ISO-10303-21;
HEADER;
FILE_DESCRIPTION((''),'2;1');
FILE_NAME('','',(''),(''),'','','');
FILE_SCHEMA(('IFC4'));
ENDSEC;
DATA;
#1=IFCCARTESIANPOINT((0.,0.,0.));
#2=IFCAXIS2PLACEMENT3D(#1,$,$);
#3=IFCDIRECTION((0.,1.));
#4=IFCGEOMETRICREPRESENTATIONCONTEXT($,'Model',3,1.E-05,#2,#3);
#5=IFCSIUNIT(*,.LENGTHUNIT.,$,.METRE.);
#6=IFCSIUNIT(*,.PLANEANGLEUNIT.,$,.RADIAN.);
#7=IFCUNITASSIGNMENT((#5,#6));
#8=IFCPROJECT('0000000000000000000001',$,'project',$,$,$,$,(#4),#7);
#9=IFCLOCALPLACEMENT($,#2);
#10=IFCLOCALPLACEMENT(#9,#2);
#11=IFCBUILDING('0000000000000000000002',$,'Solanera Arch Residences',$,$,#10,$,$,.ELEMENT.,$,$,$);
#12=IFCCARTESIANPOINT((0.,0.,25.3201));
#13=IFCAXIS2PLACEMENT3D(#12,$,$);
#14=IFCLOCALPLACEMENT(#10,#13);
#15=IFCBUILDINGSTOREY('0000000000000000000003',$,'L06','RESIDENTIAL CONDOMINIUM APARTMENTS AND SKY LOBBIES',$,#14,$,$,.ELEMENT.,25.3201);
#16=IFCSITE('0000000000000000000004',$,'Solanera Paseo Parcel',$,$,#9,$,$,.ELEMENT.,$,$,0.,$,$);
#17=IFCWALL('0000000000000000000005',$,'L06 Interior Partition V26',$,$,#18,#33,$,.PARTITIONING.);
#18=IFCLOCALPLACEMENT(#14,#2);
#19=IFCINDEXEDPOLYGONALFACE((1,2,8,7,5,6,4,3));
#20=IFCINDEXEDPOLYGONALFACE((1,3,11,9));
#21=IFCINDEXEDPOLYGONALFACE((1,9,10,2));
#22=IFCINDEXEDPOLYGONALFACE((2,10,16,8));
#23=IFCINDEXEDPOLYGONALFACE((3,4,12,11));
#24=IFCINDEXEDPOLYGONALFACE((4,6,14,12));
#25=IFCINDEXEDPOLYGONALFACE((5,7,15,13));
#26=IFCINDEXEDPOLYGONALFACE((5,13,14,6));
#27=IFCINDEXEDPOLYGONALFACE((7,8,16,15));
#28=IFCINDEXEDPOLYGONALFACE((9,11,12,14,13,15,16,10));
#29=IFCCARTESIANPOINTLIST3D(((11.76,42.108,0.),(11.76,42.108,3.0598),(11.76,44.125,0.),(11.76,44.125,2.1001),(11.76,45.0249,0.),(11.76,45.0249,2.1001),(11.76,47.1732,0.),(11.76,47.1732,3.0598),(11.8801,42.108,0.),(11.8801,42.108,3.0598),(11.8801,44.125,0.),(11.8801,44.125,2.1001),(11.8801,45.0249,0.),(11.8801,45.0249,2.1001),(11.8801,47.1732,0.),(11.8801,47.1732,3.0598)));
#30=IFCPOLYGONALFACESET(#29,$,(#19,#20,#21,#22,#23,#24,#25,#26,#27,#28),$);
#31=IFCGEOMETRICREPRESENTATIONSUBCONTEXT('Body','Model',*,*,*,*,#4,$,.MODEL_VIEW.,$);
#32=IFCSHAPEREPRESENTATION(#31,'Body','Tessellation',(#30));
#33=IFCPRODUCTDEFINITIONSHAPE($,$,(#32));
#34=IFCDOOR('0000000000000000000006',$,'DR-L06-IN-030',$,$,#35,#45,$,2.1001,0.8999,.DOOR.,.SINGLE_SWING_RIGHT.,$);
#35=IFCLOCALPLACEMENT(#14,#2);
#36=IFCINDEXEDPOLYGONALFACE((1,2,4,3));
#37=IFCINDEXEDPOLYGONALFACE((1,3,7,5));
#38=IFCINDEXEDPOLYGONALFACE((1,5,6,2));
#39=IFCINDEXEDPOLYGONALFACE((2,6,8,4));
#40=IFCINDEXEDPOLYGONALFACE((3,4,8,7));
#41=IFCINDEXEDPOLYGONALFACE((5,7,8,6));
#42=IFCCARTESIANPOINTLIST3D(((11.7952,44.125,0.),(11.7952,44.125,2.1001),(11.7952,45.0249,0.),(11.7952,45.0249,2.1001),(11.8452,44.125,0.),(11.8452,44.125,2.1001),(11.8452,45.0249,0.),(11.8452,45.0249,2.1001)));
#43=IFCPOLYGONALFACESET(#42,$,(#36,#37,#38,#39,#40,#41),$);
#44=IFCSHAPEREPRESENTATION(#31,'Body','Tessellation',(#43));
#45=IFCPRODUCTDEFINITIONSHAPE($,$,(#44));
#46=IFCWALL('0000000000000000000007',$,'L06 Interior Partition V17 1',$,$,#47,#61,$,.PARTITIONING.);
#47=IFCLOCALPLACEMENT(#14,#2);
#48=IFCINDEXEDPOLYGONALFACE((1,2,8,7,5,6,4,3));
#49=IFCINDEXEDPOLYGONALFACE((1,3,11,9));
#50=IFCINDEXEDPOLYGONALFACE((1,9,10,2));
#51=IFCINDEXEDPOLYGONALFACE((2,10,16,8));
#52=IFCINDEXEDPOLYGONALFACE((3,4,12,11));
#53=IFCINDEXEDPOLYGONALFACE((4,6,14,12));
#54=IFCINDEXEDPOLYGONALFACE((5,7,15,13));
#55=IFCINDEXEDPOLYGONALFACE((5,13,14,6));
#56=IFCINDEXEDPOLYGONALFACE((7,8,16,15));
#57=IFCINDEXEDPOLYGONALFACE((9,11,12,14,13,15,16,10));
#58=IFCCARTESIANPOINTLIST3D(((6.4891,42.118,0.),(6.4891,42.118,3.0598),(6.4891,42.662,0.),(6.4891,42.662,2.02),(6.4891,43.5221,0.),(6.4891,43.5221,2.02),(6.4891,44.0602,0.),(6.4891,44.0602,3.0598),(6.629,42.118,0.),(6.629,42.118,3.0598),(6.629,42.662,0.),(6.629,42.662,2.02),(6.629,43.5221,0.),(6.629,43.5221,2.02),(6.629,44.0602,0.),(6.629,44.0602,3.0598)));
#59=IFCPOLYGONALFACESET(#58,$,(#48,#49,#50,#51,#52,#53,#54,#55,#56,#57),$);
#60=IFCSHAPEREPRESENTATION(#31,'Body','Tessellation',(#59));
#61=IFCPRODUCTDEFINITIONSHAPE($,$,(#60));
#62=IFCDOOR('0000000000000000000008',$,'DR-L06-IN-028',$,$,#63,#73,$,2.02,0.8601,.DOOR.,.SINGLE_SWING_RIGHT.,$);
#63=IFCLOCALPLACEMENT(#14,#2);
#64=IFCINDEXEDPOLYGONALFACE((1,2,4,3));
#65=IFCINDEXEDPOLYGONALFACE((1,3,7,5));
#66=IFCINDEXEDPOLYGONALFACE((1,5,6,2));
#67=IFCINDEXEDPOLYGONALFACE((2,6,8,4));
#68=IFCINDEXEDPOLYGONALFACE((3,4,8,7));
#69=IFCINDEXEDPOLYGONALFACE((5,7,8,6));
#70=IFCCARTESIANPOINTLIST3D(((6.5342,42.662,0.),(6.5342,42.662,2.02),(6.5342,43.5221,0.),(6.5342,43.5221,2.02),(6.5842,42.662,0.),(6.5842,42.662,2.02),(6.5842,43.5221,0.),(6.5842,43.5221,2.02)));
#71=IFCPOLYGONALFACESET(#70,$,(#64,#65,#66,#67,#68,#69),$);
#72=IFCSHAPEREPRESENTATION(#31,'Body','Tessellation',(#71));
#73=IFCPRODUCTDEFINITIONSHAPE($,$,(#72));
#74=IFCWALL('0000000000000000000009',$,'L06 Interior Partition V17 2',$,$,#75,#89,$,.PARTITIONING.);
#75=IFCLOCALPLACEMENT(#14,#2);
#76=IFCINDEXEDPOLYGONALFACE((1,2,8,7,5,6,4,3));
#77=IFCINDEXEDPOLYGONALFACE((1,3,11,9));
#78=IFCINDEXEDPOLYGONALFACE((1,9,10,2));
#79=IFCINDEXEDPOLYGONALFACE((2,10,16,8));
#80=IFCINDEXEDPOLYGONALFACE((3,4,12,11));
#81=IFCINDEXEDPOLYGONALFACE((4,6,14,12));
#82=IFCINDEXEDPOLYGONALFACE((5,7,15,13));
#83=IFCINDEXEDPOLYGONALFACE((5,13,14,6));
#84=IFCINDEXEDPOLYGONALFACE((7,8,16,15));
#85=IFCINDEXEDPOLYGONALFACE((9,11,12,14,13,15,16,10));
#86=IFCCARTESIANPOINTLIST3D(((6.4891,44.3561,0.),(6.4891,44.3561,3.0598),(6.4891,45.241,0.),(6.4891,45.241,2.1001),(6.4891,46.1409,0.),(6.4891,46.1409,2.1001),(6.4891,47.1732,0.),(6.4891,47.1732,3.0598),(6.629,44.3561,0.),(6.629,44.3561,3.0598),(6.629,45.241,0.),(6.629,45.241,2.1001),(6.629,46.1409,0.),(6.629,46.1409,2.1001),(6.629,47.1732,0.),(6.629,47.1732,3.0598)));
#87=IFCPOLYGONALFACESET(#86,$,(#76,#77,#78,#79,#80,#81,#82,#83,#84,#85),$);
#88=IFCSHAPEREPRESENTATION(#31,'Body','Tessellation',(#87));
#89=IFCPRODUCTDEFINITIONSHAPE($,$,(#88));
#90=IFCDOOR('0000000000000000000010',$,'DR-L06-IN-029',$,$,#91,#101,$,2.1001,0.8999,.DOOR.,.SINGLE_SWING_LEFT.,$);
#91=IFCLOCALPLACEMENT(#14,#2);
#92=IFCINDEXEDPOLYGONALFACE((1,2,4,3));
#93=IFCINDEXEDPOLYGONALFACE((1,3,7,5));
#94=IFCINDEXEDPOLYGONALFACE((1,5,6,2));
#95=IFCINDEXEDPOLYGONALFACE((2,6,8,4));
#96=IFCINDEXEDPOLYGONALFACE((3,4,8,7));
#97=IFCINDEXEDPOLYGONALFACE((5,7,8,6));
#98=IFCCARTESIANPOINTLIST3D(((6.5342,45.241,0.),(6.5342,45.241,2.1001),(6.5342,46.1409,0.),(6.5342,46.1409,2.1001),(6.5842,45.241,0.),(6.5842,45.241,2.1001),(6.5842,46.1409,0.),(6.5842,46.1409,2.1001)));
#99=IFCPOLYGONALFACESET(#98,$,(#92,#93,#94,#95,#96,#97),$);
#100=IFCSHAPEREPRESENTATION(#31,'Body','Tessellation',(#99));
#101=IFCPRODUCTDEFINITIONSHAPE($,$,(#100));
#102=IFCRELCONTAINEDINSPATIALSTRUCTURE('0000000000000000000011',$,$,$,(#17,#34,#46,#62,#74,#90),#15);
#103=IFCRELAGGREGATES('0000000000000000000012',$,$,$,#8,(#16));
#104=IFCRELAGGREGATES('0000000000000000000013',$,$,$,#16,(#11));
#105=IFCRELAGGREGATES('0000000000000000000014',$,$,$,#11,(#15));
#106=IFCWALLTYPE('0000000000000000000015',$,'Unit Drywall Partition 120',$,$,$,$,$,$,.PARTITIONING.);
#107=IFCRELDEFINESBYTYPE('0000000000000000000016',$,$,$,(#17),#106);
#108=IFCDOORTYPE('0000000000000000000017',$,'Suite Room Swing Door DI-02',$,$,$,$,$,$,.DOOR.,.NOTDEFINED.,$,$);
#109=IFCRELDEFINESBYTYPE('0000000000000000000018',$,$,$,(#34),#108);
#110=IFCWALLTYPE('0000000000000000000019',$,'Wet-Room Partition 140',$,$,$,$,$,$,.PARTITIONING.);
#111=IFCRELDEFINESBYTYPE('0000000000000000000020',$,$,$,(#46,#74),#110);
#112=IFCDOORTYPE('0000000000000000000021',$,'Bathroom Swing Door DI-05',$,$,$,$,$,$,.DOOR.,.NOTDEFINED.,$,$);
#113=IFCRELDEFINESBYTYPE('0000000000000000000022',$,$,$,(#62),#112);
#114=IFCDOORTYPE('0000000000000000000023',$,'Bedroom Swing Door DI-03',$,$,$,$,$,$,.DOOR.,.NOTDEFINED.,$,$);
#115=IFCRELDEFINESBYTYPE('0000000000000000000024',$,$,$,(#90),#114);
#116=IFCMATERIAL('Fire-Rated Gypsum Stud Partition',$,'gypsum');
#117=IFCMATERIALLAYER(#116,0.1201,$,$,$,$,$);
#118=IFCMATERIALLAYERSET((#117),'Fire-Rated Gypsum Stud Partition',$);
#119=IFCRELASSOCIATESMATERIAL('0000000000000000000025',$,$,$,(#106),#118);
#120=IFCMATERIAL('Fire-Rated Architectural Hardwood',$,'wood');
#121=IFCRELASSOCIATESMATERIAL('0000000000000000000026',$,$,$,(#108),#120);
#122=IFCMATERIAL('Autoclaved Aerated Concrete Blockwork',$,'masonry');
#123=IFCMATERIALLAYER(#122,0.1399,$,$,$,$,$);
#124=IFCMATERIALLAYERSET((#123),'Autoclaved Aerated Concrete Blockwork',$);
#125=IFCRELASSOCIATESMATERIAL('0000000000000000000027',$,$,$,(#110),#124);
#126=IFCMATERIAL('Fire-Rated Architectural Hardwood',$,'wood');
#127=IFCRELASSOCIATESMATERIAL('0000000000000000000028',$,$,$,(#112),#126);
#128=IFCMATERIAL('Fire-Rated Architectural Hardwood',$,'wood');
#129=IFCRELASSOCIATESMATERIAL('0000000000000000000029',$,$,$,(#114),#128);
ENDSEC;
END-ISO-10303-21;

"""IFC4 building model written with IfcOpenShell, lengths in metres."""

from ifc_helpers import new_model, si_unit, direction, frame, frame_2d, origin, place, context, subcontext, project, spatial, rectangle, extrude, material, layer, layer_set, type_object, element, fill, save


model = new_model("IFC4")

# Units and contexts
model_context = context("Model", 3, precision=1e-05, world=origin(), true_north=direction((0.0, 1.0)))
body_context = subcontext(model_context, "Body", "Model", "MODEL_VIEW")
ifc_project = project(units=[si_unit("LENGTHUNIT", "METRE"), si_unit("PLANEANGLEUNIT", "RADIAN")], contexts=[model_context])

# Site, building, storey
site_placement = place(None, origin())
site = spatial("IfcSite", under=ifc_project, at=site_placement, Name="Solanera Paseo Parcel", CompositionType="ELEMENT", RefElevation=0.0)
building_placement = place(site_placement, origin())
building = spatial("IfcBuilding", under=site, at=building_placement, Name="Solanera Arch Residences", CompositionType="ELEMENT")
storey_placement = place(building_placement, frame((0.0, 0.0, 25.3201)))
storey = spatial("IfcBuildingStorey", under=building, at=storey_placement, Name="L06", Description="RESIDENTIAL CONDOMINIUM APARTMENTS AND SKY LOBBIES", CompositionType="ELEMENT", Elevation=25.3201)

# Walls, openings, doors
ifc_material_1 = material(Name="Fire-Rated Gypsum Stud Partition", Category="gypsum")
ifc_layer_1 = layer(ifc_material_1, 0.1201)
ifc_layer_set_1 = layer_set([ifc_layer_1], Name="Fire-Rated Gypsum Stud Partition")
wall_type_1 = type_object("IfcWallType", Name="Unit Drywall Partition 120", PredefinedType="PARTITIONING", material=ifc_layer_set_1)
wall_1_placement = place(storey_placement, frame((11.8201, 42.1079, 0.0), z_axis=(0.0, 0.0, 1.0), x_axis=(0.0, 1.0, 0.0)))
wall_1 = element("IfcWall", 1, at=wall_1_placement, inside=storey, type_object=wall_type_1, Name="L06 Interior Partition V26", PredefinedType="PARTITIONING", context=body_context, shape_type="SweptSolid", body=[
    extrude(rectangle(XDim=5.0652, YDim=0.1201, at=frame_2d((2.5327, 0.0))), origin(), (0.0, 0.0, 1.0), 3.0598),
])
opening_1_placement = place(wall_1_placement, frame((2.0171, 0.0, 0.0)))
opening_1 = element("IfcOpeningElement", 2, at=opening_1_placement, cuts=wall_1, PredefinedType="OPENING", context=body_context, shape_type="SweptSolid", body=[
    extrude(rectangle(XDim=0.8999, YDim=2.1001, at=frame_2d((0.45, 1.05))), frame((0.0, 0.0701, 0.0), z_axis=(0.0, -1.0, 0.0), x_axis=(1.0, 0.0, 0.0)), (0.0, 0.0, 1.0), 0.1401),
])
ifc_material_2 = material(Name="Fire-Rated Architectural Hardwood", Category="wood")
door_type_1 = type_object("IfcDoorType", Name="Suite Room Swing Door DI-02", OperationType="NOTDEFINED", PredefinedType="DOOR", material=ifc_material_2)
door_1_placement = place(opening_1_placement, origin())
door_1 = element("IfcDoor", 3, at=door_1_placement, inside=storey, type_object=door_type_1, Name="DR-L06-IN-030", OperationType="SINGLE_SWING_RIGHT", OverallHeight=2.1001, OverallWidth=0.8999, PredefinedType="DOOR", context=body_context, shape_type="SweptSolid", body=[
    extrude(rectangle(XDim=0.8999, YDim=2.1001, at=frame_2d((0.45, 1.05))), frame((0.0, 0.0249, 0.0), z_axis=(0.0, -1.0, 0.0), x_axis=(1.0, 0.0, 0.0)), (0.0, 0.0, 1.0), 0.05),
])
fill(opening_1, door_1)
ifc_material_3 = material(Name="Autoclaved Aerated Concrete Blockwork", Category="masonry")
ifc_layer_2 = layer(ifc_material_3, 0.1399)
ifc_layer_set_2 = layer_set([ifc_layer_2], Name="Autoclaved Aerated Concrete Blockwork")
wall_type_2 = type_object("IfcWallType", Name="Wet-Room Partition 140", PredefinedType="PARTITIONING", material=ifc_layer_set_2)
wall_2_placement = place(storey_placement, frame((6.5591, 42.1179, 0.0), z_axis=(0.0, 0.0, 1.0), x_axis=(0.0, 1.0, 0.0)))
wall_2 = element("IfcWall", 4, at=wall_2_placement, inside=storey, type_object=wall_type_2, Name="L06 Interior Partition V17 1", PredefinedType="PARTITIONING", context=body_context, shape_type="SweptSolid", body=[
    extrude(rectangle(XDim=1.9421, YDim=0.1399, at=frame_2d((0.9712, 0.0))), origin(), (0.0, 0.0, 1.0), 3.0598),
])
opening_2_placement = place(wall_2_placement, frame((0.5439, 0.0, 0.0)))
opening_2 = element("IfcOpeningElement", 5, at=opening_2_placement, cuts=wall_2, PredefinedType="OPENING", context=body_context, shape_type="SweptSolid", body=[
    extrude(rectangle(XDim=0.8601, YDim=2.02, at=frame_2d((0.4302, 1.01))), frame((0.0, 0.0798, 0.0), z_axis=(0.0, -1.0, 0.0), x_axis=(1.0, 0.0, 0.0)), (0.0, 0.0, 1.0), 0.1599),
])
ifc_material_4 = material(Name="Fire-Rated Architectural Hardwood", Category="wood")
door_type_2 = type_object("IfcDoorType", Name="Bathroom Swing Door DI-05", OperationType="NOTDEFINED", PredefinedType="DOOR", material=ifc_material_4)
door_2_placement = place(opening_2_placement, origin())
door_2 = element("IfcDoor", 6, at=door_2_placement, inside=storey, type_object=door_type_2, Name="DR-L06-IN-028", OperationType="SINGLE_SWING_RIGHT", OverallHeight=2.02, OverallWidth=0.8601, PredefinedType="DOOR", context=body_context, shape_type="SweptSolid", body=[
    extrude(rectangle(XDim=0.8601, YDim=2.02, at=frame_2d((0.4302, 1.01))), frame((0.0, 0.0249, 0.0), z_axis=(0.0, -1.0, 0.0), x_axis=(1.0, 0.0, 0.0)), (0.0, 0.0, 1.0), 0.05),
])
fill(opening_2, door_2)
wall_3_placement = place(storey_placement, frame((6.5591, 44.356, 0.0), z_axis=(0.0, 0.0, 1.0), x_axis=(0.0, 1.0, 0.0)))
wall_3 = element("IfcWall", 7, at=wall_3_placement, inside=storey, type_object=wall_type_2, Name="L06 Interior Partition V17 2", PredefinedType="PARTITIONING", context=body_context, shape_type="SweptSolid", body=[
    extrude(rectangle(XDim=2.8171, YDim=0.1399, at=frame_2d((1.4087, 0.0))), origin(), (0.0, 0.0, 1.0), 3.0598),
])
opening_3_placement = place(wall_3_placement, frame((0.885, 0.0, 0.0)))
opening_3 = element("IfcOpeningElement", 8, at=opening_3_placement, cuts=wall_3, PredefinedType="OPENING", context=body_context, shape_type="SweptSolid", body=[
    extrude(rectangle(XDim=0.8999, YDim=2.1001, at=frame_2d((0.45, 1.05))), frame((0.0, 0.0798, 0.0), z_axis=(0.0, -1.0, 0.0), x_axis=(1.0, 0.0, 0.0)), (0.0, 0.0, 1.0), 0.1599),
])
ifc_material_5 = material(Name="Fire-Rated Architectural Hardwood", Category="wood")
door_type_3 = type_object("IfcDoorType", Name="Bedroom Swing Door DI-03", OperationType="NOTDEFINED", PredefinedType="DOOR", material=ifc_material_5)
door_3_placement = place(opening_3_placement, origin())
door_3 = element("IfcDoor", 9, at=door_3_placement, inside=storey, type_object=door_type_3, Name="DR-L06-IN-029", OperationType="SINGLE_SWING_LEFT", OverallHeight=2.1001, OverallWidth=0.8999, PredefinedType="DOOR", context=body_context, shape_type="SweptSolid", body=[
    extrude(rectangle(XDim=0.8999, YDim=2.1001, at=frame_2d((0.45, 1.05))), frame((0.0, 0.0249, 0.0), z_axis=(0.0, -1.0, 0.0), x_axis=(1.0, 0.0, 0.0)), (0.0, 0.0, 1.0), 0.05),
])
fill(opening_3, door_3)

save(model, "model.ifc")
